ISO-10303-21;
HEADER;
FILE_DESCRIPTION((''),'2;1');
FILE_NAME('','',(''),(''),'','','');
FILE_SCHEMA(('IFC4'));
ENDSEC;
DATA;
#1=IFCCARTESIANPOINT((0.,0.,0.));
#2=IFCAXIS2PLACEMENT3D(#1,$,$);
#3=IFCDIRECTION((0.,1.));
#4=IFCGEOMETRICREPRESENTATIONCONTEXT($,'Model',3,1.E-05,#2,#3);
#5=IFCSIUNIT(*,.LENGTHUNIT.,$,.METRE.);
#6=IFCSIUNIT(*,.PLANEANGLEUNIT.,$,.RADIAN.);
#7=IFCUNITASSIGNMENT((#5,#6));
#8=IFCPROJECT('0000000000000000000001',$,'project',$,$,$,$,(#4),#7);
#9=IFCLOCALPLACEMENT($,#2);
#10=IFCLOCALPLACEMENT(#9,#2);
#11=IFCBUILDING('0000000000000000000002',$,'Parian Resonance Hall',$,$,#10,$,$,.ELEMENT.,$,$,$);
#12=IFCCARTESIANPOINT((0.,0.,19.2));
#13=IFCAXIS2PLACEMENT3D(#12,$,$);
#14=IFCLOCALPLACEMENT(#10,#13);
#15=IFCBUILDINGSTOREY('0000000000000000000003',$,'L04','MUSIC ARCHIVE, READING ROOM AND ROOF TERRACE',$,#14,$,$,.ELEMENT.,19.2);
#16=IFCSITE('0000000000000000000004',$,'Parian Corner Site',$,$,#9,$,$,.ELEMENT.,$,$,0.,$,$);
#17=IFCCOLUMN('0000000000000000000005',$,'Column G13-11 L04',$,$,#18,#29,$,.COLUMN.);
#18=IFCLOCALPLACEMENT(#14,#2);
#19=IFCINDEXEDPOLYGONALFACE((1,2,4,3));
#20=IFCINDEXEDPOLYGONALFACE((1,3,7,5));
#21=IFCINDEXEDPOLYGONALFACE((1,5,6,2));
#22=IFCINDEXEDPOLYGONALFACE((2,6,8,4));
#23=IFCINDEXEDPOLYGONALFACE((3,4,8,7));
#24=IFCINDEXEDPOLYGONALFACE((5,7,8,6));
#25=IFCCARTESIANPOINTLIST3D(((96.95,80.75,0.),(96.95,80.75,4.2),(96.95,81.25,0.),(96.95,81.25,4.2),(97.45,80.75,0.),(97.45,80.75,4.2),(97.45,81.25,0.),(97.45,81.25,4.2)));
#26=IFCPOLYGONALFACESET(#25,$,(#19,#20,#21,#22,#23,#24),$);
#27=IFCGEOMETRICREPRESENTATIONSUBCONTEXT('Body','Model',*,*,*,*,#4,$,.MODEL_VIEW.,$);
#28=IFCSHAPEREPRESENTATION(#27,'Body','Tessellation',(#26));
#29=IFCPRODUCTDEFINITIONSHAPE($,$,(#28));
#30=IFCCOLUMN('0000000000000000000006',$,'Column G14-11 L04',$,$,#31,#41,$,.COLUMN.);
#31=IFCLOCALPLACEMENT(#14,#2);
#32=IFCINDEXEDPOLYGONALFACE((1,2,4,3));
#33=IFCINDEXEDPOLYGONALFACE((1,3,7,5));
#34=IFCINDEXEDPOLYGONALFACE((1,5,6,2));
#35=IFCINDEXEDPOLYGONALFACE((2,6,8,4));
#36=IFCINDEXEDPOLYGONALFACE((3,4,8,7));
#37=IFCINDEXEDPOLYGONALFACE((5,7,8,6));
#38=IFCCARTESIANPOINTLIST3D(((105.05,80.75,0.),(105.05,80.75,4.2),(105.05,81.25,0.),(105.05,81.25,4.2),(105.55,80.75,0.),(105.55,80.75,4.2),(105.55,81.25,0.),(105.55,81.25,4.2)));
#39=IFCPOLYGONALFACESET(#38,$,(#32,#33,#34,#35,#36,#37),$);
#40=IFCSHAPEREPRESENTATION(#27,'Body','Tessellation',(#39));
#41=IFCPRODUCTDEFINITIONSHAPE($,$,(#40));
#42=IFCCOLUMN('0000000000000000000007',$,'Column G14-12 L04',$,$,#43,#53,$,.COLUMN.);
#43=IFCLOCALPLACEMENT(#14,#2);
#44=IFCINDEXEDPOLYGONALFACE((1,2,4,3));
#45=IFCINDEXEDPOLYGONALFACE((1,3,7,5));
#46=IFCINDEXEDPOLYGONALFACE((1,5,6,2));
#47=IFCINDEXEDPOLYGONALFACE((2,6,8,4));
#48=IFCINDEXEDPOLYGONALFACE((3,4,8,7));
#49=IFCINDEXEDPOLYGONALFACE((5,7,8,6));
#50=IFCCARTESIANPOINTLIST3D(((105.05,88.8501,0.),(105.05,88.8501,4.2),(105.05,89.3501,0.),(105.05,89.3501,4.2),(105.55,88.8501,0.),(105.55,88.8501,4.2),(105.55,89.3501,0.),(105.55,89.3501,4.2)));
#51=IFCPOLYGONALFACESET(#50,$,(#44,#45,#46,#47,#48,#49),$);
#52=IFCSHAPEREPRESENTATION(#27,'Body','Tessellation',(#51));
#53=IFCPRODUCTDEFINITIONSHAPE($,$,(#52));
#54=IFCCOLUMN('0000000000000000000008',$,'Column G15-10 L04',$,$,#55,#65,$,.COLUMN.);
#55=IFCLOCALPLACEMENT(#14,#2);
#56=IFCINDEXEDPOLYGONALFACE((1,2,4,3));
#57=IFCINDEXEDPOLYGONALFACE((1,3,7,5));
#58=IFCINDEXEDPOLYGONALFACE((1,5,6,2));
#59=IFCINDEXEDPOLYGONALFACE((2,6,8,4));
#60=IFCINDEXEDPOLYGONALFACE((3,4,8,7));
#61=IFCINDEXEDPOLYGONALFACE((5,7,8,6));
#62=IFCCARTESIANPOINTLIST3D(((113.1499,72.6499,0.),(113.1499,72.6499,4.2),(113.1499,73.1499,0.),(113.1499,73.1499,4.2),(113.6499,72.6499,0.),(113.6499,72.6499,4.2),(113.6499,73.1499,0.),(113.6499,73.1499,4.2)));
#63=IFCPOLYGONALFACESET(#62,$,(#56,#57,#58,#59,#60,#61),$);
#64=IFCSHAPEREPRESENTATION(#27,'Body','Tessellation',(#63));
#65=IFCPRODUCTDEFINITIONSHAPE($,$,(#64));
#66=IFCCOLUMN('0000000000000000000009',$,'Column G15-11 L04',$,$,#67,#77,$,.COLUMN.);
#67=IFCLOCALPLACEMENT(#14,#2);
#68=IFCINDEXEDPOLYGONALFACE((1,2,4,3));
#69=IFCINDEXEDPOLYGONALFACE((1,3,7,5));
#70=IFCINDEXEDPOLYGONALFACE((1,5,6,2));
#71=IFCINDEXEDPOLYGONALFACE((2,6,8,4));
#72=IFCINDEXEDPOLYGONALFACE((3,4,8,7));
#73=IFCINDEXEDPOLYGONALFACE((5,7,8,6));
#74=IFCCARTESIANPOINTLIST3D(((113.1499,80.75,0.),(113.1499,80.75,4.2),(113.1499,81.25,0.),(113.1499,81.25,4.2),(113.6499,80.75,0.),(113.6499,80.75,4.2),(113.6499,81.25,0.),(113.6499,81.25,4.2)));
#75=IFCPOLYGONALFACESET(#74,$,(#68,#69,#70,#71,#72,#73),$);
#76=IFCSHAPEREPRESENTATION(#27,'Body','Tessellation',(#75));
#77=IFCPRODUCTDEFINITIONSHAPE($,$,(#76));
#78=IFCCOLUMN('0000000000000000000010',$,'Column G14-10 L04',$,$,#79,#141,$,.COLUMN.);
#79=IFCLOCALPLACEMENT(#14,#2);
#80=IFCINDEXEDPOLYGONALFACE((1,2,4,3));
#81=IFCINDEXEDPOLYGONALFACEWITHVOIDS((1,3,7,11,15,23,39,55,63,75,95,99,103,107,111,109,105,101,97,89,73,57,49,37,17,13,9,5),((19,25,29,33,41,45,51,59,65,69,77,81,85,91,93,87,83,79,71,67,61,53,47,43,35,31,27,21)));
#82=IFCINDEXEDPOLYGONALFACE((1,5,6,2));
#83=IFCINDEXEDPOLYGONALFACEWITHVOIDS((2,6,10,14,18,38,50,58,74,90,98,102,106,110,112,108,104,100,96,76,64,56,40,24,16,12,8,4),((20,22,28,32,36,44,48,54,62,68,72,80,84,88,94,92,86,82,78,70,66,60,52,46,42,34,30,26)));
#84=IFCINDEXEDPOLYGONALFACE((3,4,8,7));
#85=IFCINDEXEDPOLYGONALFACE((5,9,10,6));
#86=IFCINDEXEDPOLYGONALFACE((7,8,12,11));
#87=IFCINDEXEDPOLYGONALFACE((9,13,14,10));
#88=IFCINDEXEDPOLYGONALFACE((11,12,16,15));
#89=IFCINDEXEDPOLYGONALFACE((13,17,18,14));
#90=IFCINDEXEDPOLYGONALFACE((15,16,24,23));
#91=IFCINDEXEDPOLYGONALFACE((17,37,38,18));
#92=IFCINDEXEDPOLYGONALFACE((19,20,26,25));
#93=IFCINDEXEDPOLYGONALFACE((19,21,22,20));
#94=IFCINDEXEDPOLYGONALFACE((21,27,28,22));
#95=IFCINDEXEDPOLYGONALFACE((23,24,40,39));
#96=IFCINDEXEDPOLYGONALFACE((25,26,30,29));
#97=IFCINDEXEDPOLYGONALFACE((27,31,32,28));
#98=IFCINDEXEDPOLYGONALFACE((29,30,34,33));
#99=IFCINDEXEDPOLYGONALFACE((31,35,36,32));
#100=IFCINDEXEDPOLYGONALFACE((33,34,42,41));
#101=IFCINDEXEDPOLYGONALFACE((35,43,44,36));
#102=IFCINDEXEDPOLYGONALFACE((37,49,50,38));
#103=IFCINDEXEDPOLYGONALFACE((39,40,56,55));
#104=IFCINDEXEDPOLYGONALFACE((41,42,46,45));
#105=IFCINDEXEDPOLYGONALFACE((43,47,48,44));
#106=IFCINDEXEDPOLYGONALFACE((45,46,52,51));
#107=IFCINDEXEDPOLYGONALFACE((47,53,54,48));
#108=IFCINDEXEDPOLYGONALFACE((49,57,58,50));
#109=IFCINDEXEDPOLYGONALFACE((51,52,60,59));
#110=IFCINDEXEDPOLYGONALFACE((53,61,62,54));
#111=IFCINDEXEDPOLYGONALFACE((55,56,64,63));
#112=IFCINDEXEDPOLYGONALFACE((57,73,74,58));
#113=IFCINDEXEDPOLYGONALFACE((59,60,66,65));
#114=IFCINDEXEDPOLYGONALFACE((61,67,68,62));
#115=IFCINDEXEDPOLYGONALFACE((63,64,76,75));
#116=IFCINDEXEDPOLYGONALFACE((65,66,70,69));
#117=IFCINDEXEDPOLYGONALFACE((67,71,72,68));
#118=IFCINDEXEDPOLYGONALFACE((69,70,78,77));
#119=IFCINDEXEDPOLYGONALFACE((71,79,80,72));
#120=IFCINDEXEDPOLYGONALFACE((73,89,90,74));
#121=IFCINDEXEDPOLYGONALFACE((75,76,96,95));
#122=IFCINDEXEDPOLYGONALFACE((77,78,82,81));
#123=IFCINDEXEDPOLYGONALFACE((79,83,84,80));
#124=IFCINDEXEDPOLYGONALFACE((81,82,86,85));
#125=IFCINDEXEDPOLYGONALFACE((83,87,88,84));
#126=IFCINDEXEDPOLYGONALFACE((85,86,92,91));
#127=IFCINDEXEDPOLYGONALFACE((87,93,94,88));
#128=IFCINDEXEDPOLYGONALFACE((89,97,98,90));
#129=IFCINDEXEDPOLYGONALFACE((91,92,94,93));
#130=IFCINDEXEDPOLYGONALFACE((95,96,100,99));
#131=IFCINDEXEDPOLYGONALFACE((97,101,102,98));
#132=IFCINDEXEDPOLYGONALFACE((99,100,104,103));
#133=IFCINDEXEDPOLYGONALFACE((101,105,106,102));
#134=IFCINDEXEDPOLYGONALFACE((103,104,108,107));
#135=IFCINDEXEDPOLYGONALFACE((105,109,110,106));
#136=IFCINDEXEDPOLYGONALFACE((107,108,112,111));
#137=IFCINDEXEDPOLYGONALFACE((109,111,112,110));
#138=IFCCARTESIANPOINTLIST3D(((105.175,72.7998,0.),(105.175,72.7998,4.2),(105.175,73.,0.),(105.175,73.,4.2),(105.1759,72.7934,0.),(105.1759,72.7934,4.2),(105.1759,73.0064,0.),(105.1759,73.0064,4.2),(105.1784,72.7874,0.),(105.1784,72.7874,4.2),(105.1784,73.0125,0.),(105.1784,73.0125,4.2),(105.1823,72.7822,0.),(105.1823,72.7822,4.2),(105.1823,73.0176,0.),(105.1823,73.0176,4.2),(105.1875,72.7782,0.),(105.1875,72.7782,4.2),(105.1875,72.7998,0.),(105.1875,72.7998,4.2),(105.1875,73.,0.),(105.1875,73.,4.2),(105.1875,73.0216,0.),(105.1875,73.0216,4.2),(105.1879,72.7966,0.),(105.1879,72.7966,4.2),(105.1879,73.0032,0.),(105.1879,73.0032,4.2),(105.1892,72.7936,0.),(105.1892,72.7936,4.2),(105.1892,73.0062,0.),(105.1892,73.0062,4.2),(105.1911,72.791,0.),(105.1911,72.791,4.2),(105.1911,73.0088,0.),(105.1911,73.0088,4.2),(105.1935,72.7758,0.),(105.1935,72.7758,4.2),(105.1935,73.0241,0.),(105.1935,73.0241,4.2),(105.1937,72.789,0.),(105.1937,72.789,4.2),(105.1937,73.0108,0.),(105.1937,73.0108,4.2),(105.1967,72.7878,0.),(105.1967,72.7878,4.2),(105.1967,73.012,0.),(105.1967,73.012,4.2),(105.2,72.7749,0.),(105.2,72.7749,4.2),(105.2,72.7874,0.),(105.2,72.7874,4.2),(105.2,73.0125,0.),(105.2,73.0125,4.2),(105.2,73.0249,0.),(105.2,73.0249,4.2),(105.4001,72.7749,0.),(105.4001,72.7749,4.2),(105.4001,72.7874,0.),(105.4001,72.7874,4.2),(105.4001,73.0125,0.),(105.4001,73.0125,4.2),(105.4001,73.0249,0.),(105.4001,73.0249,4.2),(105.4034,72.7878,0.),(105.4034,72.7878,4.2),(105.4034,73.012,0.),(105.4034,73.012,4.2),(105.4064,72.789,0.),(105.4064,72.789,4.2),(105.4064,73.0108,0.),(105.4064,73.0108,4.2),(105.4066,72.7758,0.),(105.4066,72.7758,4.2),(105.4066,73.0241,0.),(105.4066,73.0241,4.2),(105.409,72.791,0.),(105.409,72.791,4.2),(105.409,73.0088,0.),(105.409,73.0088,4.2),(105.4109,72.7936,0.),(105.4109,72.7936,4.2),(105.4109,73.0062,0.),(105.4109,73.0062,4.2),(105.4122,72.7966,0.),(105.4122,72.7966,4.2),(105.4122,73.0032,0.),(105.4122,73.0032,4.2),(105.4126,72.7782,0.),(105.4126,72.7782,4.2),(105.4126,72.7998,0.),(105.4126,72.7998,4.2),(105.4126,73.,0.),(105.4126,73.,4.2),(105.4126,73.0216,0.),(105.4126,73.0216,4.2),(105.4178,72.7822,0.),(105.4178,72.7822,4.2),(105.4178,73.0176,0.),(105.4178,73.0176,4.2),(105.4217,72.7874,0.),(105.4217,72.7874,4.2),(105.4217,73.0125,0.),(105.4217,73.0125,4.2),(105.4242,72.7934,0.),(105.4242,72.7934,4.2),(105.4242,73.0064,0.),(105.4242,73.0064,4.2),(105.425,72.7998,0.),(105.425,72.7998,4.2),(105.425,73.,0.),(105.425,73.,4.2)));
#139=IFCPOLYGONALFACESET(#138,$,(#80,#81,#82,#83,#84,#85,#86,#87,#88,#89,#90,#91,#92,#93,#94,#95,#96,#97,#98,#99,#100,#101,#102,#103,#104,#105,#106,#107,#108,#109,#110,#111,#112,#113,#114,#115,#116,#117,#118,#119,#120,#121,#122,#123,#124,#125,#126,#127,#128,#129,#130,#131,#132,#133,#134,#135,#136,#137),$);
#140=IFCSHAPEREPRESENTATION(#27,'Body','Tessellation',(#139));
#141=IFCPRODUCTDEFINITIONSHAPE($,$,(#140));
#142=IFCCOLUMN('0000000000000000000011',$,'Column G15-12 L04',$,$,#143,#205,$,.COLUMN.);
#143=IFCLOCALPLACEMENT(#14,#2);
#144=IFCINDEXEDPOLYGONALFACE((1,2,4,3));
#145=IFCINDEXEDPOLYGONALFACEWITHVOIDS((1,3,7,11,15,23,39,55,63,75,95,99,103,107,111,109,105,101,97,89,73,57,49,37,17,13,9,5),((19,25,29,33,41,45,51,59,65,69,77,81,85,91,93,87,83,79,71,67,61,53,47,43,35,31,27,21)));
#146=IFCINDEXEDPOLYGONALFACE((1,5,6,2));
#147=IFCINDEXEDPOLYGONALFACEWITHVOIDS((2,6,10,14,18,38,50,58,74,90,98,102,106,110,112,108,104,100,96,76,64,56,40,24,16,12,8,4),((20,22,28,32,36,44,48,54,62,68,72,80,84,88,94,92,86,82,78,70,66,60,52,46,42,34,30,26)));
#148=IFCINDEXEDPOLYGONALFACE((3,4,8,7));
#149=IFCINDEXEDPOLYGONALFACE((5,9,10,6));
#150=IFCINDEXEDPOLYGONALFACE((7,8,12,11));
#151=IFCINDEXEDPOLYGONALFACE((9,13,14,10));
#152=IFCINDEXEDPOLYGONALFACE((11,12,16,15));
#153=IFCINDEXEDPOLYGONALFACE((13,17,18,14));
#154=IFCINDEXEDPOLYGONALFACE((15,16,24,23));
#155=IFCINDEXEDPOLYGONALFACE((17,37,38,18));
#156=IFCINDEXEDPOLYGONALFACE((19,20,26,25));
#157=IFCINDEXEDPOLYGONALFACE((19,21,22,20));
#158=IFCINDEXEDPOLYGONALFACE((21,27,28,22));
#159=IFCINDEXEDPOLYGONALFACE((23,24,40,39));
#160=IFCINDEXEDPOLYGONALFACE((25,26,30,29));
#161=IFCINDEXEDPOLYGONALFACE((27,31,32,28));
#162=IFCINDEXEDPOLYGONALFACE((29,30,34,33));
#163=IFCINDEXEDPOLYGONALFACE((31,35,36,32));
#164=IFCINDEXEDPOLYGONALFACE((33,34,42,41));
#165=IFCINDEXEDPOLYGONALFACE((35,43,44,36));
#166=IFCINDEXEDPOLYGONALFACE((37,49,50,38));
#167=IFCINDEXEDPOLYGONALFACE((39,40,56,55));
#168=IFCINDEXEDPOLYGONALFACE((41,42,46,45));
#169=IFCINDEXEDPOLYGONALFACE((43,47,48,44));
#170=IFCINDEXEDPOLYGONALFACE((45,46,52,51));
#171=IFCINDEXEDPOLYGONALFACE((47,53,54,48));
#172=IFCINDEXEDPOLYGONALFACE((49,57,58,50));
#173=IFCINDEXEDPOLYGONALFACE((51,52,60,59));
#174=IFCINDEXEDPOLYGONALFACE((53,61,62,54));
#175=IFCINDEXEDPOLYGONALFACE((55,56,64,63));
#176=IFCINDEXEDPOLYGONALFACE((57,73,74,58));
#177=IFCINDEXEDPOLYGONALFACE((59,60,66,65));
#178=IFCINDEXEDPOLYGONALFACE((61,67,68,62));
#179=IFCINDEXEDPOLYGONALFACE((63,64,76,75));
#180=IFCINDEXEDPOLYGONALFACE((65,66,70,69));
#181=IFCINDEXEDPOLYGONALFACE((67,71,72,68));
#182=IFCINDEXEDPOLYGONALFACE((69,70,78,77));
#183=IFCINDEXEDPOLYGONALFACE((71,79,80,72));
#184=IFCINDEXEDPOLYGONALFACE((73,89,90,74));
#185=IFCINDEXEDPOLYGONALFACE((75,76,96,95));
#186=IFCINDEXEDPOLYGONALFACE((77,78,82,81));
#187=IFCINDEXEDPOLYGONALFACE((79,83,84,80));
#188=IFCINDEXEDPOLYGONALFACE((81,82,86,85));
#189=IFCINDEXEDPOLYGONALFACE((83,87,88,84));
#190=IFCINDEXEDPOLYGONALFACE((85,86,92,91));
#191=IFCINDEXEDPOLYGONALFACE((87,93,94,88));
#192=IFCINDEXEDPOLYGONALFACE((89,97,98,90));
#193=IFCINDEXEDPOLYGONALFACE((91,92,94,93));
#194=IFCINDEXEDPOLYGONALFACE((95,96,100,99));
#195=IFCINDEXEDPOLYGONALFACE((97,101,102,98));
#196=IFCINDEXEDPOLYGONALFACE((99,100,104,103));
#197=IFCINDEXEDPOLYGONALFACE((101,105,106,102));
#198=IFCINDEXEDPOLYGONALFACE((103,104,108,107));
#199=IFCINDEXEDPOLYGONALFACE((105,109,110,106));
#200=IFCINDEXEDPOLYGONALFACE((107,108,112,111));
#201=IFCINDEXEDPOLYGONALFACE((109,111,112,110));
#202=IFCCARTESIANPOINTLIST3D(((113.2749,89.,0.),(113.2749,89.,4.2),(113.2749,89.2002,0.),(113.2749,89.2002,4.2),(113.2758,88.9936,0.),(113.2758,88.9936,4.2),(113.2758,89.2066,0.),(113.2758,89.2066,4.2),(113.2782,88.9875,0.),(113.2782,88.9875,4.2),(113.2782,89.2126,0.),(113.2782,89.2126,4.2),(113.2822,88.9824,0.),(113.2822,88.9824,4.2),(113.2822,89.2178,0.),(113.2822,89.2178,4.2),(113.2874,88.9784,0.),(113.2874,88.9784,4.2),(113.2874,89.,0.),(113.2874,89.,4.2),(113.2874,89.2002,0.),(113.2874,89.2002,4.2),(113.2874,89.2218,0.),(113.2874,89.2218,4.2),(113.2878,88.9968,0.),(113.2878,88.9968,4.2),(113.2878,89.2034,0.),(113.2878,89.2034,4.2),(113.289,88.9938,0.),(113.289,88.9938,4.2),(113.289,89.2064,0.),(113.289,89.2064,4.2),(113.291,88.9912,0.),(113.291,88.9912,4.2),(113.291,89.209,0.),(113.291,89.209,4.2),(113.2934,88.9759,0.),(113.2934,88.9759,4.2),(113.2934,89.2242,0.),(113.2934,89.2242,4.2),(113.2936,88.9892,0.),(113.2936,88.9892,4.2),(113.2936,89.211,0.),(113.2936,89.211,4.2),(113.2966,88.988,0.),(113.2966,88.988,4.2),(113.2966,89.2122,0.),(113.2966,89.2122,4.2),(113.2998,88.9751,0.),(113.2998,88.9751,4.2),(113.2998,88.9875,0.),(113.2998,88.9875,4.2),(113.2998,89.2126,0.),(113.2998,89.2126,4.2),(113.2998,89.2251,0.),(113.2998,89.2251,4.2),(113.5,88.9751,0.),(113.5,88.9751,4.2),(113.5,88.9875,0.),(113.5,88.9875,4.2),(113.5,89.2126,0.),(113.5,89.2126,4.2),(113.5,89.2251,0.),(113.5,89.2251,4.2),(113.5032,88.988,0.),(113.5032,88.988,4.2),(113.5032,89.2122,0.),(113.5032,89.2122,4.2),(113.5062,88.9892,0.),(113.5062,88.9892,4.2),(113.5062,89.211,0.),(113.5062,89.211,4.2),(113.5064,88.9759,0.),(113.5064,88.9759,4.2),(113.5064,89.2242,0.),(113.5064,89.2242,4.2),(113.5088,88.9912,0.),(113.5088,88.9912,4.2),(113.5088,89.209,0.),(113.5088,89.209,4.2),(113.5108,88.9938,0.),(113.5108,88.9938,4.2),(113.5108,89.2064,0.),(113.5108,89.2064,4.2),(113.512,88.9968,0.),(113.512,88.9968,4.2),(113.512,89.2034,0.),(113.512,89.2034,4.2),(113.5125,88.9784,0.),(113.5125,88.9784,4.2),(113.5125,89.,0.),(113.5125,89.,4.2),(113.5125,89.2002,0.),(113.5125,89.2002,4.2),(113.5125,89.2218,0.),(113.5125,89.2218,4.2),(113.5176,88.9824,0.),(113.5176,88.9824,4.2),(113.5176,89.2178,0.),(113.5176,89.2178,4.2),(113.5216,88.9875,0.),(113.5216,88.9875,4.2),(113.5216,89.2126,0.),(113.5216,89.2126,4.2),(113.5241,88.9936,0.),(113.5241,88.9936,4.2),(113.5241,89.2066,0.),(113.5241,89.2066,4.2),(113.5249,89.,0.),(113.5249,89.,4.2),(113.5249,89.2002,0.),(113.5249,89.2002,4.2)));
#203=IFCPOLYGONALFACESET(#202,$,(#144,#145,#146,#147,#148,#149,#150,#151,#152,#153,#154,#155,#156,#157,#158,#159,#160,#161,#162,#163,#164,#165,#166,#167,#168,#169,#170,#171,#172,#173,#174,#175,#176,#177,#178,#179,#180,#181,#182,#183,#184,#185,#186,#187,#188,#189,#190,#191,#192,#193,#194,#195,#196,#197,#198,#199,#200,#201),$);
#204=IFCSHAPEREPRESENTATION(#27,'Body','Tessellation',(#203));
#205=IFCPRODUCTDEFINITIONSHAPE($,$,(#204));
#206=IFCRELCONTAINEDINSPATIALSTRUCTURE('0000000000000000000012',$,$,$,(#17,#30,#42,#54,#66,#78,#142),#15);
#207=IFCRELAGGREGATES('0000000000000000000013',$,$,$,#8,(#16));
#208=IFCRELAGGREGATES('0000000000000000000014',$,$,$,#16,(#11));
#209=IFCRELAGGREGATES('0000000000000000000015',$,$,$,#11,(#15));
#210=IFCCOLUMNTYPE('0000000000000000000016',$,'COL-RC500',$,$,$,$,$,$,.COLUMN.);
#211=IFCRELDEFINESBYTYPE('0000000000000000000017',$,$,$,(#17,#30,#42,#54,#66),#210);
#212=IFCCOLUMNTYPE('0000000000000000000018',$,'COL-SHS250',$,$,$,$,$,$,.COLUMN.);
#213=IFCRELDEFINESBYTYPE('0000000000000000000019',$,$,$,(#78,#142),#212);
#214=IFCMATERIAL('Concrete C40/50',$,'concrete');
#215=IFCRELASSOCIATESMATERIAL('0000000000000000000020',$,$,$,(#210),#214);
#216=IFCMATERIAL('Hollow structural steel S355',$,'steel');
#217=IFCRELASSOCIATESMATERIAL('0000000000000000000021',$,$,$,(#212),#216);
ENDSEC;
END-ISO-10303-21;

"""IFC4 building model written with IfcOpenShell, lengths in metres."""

from ifc_helpers import new_model, si_unit, direction, frame, origin, origin_2d, place, context, subcontext, project, spatial, rectangle, hollow_rectangle, extrude, material, material_profile, profile_set, type_object, element, save


model = new_model("IFC4")

# Units and contexts
model_context = context("Model", 3, precision=1e-05, world=origin(), true_north=direction((0.0, 1.0)))
body_context = subcontext(model_context, "Body", "Model", "MODEL_VIEW")
ifc_project = project(units=[si_unit("LENGTHUNIT", "METRE"), si_unit("PLANEANGLEUNIT", "RADIAN")], contexts=[model_context])

# Site, building, storey
site_placement = place(None, origin())
site = spatial("IfcSite", under=ifc_project, at=site_placement, Name="Parian Corner Site", CompositionType="ELEMENT", RefElevation=0.0)
building_placement = place(site_placement, origin())
building = spatial("IfcBuilding", under=site, at=building_placement, Name="Parian Resonance Hall", CompositionType="ELEMENT")
storey_placement = place(building_placement, frame((0.0, 0.0, 19.2)))
storey = spatial("IfcBuildingStorey", under=building, at=storey_placement, Name="L04", Description="MUSIC ARCHIVE, READING ROOM AND ROOF TERRACE", CompositionType="ELEMENT", Elevation=19.2)

# Columns
ifc_material_1 = material(Name="Concrete C40/50", Category="concrete")
ifc_material_profile_1 = material_profile(ifc_material_1, rectangle(XDim=0.5, YDim=0.5, at=origin_2d()), Name="RC-COL-500x500")
ifc_profile_set_1 = profile_set([ifc_material_profile_1], Name="Concrete C40/50")
column_type_1 = type_object("IfcColumnType", Name="COL-RC500", PredefinedType="COLUMN", material=ifc_profile_set_1)
for number, where, z_axis, x_axis, name in (
    (1, (97.2, 81.0, 0.0), (0.0, 0.0, 1.0), (1.0, 0.0, 0.0), "Column G13-11 L04"),
    (2, (105.3, 81.0, 0.0), (0.0, 0.0, 1.0), (1.0, 0.0, 0.0), "Column G14-11 L04"),
    (3, (105.3, 89.1001, 0.0), (0.0, 0.0, 1.0), (1.0, 0.0, 0.0), "Column G14-12 L04"),
    (4, (113.3999, 72.8999, 0.0), (0.0, 0.0, 1.0), (1.0, 0.0, 0.0), "Column G15-10 L04"),
    (5, (113.3999, 81.0, 0.0), (0.0, 0.0, 1.0), (1.0, 0.0, 0.0), "Column G15-11 L04"),
):
    element("IfcColumn", number, at=place(storey_placement, frame(where, z_axis=z_axis, x_axis=x_axis)), inside=storey, type_object=column_type_1, Name=name, PredefinedType="COLUMN", context=body_context, shape_type="SweptSolid", body=[
        extrude(rectangle(XDim=0.5, YDim=0.5, at=origin_2d()), origin(), (0.0, 0.0, 1.0), 4.2),
    ])
ifc_material_2 = material(Name="Hollow structural steel S355", Category="steel")
ifc_material_profile_2 = material_profile(ifc_material_2, hollow_rectangle(XDim=0.25, YDim=0.25, WallThickness=0.0125, InnerFilletRadius=0.0125, OuterFilletRadius=0.0249, at=origin_2d()), Name="SHS250x250x12.5")
ifc_profile_set_2 = profile_set([ifc_material_profile_2], Name="Hollow structural steel S355")
column_type_2 = type_object("IfcColumnType", Name="COL-SHS250", PredefinedType="COLUMN", material=ifc_profile_set_2)
for number, where, z_axis, x_axis, name in (
    (6, (105.3, 72.8999, 0.0), (0.0, 0.0, 1.0), (1.0, 0.0, 0.0), "Column G14-10 L04"),
    (7, (113.3999, 89.1001, 0.0), (0.0, 0.0, 1.0), (1.0, 0.0, 0.0), "Column G15-12 L04"),
):
    element("IfcColumn", number, at=place(storey_placement, frame(where, z_axis=z_axis, x_axis=x_axis)), inside=storey, type_object=column_type_2, Name=name, PredefinedType="COLUMN", context=body_context, shape_type="SweptSolid", body=[
        extrude(hollow_rectangle(XDim=0.25, YDim=0.25, WallThickness=0.0125, InnerFilletRadius=0.0125, OuterFilletRadius=0.0249, at=origin_2d()), origin(), (0.0, 0.0, 1.0), 4.2),
    ])

save(model, "model.ifc")
